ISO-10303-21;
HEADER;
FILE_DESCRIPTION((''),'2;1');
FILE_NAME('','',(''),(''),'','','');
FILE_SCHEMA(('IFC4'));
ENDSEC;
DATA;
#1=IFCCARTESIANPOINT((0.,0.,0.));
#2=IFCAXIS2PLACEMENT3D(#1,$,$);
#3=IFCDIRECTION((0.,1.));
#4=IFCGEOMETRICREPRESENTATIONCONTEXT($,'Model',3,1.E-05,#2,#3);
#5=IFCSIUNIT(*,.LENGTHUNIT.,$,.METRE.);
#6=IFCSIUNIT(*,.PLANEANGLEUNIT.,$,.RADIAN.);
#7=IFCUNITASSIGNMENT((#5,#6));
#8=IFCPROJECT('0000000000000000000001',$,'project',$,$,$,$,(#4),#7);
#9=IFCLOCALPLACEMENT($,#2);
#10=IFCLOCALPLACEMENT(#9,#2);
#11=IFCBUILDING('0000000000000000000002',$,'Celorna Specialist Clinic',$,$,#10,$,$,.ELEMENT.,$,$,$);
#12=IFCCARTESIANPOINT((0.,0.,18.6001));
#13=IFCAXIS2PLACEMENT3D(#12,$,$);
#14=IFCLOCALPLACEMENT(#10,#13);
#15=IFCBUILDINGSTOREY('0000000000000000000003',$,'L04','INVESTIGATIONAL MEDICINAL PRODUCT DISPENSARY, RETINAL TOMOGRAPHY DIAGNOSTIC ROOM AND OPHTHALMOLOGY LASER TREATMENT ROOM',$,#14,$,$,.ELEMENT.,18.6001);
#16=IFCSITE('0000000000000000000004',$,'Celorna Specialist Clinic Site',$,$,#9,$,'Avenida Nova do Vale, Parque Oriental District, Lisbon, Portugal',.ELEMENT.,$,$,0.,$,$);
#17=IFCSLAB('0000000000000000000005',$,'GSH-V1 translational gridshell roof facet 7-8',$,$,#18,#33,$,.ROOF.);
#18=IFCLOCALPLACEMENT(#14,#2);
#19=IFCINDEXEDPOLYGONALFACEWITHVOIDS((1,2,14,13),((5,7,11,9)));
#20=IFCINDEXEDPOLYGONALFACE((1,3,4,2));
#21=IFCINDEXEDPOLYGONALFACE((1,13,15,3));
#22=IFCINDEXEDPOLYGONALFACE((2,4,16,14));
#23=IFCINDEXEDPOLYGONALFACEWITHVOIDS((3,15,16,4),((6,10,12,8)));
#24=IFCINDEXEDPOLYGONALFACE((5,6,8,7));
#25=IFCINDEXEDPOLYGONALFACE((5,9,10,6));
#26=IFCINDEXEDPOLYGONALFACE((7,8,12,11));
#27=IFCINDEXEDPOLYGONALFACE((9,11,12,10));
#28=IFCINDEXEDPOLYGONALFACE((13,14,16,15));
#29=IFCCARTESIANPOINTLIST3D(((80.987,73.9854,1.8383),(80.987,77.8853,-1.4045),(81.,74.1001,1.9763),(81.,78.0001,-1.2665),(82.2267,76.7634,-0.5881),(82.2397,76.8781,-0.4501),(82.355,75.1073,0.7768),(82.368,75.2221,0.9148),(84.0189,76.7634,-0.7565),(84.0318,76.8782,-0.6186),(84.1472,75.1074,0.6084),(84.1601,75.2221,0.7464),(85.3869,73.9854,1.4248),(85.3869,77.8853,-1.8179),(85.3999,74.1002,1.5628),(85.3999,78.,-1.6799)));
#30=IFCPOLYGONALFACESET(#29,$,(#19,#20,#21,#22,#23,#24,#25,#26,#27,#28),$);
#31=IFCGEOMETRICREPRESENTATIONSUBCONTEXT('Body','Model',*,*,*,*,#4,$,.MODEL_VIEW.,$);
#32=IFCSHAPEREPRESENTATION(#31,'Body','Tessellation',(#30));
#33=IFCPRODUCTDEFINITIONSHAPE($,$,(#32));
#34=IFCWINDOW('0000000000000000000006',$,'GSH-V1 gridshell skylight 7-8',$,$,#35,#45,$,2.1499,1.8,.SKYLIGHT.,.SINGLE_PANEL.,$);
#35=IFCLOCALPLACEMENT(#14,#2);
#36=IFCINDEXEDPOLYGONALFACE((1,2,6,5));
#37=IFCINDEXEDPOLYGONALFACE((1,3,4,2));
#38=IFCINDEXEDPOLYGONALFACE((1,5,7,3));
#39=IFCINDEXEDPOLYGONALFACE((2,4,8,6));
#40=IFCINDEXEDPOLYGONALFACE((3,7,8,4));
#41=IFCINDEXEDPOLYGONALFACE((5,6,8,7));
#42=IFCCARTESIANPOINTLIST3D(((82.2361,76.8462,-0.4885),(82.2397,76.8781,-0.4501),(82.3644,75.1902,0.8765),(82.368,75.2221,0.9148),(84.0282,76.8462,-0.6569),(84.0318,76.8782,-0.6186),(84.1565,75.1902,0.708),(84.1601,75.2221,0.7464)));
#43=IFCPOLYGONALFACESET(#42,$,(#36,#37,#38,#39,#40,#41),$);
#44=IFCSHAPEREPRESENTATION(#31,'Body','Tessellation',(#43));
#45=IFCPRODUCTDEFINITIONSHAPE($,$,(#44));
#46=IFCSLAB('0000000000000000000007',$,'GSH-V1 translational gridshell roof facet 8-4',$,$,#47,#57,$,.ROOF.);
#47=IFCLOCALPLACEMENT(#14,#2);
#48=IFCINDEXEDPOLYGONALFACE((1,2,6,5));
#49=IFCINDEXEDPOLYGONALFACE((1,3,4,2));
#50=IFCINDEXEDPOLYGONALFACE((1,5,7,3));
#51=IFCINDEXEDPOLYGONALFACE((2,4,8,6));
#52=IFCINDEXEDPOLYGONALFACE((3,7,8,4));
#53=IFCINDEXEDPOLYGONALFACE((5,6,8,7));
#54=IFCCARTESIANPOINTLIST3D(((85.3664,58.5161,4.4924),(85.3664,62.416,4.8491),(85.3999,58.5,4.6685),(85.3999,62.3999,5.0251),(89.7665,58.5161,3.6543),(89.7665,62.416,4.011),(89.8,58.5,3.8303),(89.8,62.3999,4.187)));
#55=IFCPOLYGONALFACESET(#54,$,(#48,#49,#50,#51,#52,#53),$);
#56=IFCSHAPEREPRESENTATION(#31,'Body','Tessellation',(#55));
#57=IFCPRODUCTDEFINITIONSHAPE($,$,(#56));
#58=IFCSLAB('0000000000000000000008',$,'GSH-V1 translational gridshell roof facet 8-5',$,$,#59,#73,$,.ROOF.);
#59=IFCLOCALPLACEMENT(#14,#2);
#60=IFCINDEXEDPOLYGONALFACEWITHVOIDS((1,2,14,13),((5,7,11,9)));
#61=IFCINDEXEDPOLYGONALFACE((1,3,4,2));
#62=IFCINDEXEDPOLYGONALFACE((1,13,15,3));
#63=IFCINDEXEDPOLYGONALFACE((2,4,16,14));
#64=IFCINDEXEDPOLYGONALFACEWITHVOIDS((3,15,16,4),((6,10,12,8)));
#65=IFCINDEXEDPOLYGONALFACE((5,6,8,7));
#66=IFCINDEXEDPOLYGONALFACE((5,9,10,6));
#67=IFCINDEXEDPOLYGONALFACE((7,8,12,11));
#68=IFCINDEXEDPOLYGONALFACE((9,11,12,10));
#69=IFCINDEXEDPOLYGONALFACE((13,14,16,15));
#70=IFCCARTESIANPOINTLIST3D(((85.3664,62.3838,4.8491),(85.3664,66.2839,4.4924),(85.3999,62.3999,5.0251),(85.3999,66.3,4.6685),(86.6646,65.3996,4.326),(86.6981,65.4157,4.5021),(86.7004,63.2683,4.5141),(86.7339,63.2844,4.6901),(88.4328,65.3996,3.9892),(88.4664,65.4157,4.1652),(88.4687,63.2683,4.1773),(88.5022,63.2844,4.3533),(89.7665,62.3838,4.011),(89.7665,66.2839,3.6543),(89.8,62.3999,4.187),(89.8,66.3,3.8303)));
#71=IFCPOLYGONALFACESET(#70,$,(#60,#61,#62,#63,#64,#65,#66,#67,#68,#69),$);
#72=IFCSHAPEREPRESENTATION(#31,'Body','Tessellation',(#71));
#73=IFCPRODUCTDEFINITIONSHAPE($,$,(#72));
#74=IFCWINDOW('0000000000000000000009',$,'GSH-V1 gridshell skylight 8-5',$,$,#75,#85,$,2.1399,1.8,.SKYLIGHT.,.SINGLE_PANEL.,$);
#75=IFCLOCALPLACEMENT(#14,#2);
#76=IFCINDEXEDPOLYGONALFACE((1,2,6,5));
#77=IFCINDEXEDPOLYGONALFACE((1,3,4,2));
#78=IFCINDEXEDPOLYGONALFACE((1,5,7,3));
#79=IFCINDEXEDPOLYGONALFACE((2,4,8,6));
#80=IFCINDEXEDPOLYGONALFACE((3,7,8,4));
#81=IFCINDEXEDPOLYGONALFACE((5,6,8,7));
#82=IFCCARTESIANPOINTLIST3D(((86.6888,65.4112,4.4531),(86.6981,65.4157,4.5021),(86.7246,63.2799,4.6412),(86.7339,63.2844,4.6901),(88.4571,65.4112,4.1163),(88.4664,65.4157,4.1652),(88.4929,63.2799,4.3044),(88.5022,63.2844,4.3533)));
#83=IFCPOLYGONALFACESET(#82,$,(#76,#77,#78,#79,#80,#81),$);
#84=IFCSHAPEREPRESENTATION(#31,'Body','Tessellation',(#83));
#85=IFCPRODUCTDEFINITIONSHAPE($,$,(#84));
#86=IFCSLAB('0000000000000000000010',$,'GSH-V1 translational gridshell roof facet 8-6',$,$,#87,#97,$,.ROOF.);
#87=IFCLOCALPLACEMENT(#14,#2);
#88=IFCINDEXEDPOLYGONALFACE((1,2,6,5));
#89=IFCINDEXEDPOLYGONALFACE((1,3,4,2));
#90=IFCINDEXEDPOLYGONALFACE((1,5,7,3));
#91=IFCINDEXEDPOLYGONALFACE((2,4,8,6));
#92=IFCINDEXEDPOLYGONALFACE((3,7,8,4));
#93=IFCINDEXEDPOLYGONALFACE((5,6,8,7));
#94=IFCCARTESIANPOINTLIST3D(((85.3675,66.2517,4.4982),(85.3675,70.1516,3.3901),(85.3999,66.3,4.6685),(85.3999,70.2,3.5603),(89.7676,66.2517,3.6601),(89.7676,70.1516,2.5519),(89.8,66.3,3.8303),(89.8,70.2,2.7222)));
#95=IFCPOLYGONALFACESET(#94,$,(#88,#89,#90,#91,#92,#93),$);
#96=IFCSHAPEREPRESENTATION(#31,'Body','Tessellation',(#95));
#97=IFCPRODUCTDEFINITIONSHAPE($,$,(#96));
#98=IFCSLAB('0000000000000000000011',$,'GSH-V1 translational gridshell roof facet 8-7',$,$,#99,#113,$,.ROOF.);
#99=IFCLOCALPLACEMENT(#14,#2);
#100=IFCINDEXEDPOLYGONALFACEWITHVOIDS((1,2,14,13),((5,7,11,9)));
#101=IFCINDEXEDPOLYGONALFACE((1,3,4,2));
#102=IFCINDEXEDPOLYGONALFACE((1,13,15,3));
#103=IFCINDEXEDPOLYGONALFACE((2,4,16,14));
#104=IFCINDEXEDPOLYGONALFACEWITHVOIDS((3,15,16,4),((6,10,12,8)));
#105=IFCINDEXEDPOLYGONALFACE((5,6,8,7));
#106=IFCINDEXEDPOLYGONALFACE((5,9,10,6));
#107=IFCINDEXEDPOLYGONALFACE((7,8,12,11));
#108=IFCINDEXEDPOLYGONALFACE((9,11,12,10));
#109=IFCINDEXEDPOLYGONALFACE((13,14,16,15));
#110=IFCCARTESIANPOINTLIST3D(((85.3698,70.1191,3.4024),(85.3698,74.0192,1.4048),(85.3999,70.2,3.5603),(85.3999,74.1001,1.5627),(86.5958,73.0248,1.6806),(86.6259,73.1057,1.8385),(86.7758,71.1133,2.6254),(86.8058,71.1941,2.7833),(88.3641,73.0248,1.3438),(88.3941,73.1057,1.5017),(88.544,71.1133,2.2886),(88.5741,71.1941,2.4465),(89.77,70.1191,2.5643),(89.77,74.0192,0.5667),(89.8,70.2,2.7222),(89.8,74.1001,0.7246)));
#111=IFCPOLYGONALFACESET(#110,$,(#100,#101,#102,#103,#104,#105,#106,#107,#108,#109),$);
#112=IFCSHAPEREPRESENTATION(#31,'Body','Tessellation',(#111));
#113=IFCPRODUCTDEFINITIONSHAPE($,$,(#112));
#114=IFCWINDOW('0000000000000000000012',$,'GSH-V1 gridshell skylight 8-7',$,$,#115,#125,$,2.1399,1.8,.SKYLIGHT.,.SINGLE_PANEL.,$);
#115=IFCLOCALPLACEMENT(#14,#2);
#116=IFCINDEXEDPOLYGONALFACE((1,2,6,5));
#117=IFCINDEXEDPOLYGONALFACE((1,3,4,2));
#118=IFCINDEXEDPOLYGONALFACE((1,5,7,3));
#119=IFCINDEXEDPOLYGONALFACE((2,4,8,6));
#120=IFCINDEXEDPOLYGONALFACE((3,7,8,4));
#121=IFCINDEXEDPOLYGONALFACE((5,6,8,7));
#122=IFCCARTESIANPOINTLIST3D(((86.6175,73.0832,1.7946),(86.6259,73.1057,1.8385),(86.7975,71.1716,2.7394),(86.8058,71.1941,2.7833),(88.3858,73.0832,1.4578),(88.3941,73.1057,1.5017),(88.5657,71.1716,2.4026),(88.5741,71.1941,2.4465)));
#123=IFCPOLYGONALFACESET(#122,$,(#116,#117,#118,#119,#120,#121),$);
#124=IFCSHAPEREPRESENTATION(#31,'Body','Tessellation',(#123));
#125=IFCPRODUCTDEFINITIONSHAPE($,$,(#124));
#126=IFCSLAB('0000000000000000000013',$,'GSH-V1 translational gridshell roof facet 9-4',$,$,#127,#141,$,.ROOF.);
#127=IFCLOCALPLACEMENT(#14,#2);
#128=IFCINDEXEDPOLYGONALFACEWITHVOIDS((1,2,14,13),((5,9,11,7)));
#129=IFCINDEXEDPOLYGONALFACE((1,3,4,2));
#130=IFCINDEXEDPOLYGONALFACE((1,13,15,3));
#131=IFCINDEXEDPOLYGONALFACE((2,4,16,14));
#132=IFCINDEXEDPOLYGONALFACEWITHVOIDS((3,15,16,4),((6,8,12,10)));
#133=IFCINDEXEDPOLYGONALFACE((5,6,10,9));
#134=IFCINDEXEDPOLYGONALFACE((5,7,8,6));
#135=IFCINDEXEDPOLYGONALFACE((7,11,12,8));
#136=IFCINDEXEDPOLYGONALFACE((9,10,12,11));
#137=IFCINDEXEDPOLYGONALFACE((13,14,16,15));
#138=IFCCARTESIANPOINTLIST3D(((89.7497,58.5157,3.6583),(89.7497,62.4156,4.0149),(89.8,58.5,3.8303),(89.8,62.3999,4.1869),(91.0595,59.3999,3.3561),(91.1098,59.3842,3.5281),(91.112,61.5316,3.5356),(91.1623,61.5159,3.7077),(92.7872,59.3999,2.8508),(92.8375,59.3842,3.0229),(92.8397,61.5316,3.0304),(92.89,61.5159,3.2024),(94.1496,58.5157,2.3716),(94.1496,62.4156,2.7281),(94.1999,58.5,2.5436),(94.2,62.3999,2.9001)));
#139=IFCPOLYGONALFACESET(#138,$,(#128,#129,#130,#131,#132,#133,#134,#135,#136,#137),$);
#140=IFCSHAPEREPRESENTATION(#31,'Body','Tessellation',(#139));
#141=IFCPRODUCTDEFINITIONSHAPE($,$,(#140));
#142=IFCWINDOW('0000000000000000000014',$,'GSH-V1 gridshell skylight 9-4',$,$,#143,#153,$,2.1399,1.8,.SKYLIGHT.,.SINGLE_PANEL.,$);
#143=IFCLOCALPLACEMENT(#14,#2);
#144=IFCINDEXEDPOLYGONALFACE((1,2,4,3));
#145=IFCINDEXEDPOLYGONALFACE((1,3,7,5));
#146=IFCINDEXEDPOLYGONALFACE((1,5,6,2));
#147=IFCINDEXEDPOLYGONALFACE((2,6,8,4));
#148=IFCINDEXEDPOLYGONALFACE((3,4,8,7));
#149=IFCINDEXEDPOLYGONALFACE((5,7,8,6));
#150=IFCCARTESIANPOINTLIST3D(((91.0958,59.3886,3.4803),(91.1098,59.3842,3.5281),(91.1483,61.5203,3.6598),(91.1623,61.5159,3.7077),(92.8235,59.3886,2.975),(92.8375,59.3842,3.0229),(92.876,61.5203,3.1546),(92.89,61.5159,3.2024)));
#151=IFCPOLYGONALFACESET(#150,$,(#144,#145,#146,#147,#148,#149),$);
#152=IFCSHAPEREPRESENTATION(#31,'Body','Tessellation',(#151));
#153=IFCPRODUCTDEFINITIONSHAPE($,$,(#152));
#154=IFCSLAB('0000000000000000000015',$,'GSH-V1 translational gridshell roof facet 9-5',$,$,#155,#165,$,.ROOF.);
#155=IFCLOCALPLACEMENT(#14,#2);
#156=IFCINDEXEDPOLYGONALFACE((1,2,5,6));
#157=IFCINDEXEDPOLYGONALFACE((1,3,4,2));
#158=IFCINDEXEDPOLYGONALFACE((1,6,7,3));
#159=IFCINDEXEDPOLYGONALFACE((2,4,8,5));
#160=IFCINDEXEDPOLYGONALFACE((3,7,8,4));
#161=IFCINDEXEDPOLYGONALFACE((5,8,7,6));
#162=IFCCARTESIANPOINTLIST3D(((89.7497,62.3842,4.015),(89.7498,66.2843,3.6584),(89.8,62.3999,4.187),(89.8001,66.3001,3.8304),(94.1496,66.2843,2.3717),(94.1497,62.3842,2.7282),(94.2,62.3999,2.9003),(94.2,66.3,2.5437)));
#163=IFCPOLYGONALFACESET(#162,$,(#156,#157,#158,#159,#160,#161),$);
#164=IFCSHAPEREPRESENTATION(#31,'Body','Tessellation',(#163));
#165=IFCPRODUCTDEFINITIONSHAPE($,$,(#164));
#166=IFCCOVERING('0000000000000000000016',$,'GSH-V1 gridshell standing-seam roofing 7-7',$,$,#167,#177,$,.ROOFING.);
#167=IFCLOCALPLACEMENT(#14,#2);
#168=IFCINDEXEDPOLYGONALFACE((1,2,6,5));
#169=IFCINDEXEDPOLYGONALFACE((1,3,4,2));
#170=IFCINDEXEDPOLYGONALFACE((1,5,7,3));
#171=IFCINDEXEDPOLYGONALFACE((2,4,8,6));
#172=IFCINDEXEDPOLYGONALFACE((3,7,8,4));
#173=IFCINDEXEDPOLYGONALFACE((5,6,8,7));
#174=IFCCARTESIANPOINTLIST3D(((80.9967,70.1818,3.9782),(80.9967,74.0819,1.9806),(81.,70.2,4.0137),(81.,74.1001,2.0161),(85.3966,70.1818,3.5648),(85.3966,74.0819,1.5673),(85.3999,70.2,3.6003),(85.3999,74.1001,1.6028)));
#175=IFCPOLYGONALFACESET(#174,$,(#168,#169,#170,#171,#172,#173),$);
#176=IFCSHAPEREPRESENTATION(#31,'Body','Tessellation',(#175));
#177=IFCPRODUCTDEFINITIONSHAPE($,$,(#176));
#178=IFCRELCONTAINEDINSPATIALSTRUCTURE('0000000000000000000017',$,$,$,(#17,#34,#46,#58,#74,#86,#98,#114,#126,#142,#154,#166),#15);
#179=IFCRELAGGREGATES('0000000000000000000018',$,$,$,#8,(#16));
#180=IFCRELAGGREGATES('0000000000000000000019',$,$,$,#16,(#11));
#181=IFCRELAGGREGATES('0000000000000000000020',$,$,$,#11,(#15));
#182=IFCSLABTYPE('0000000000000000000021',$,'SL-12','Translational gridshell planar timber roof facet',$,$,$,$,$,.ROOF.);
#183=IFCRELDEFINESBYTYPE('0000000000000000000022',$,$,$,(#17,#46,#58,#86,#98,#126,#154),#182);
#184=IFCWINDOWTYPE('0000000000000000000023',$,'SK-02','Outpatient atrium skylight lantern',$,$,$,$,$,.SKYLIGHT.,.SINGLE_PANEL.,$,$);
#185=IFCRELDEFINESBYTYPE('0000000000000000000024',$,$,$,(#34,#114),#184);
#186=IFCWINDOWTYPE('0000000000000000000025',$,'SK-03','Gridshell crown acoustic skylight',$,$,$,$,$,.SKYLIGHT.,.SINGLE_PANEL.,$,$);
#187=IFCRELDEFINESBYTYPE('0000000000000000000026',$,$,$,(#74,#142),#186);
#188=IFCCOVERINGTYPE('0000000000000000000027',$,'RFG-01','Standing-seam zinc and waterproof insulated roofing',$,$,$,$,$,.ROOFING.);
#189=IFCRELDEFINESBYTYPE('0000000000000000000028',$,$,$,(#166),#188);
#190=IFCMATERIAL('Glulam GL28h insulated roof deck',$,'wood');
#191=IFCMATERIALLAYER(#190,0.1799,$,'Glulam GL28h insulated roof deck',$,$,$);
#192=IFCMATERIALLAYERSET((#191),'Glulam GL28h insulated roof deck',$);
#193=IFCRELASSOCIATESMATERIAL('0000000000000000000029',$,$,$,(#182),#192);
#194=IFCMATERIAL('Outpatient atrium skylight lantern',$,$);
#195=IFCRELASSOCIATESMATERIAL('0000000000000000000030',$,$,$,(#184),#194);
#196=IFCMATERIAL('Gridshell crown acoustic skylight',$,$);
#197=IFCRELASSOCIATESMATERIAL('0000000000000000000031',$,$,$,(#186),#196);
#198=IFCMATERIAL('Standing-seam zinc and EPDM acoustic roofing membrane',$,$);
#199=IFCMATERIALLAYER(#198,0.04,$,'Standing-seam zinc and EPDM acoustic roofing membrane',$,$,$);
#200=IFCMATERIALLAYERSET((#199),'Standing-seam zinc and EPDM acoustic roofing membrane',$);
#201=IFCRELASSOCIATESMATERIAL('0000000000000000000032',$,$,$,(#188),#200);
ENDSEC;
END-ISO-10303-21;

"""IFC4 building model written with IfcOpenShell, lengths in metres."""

from ifc_helpers import new_model, si_unit, direction, frame, origin, origin_2d, place, context, subcontext, project, spatial, polyline, rectangle, outline, extrude, material, layer, layer_set, type_object, element, fill, save


model = new_model("IFC4")

# Units and contexts
model_context = context("Model", 3, precision=1e-05, world=origin(), true_north=direction((0.0, 1.0)))
body_context = subcontext(model_context, "Body", "Model", "MODEL_VIEW")
ifc_project = project(units=[si_unit("LENGTHUNIT", "METRE"), si_unit("PLANEANGLEUNIT", "RADIAN")], contexts=[model_context])

# Site, building, storey
site_placement = place(None, origin())
site = spatial("IfcSite", under=ifc_project, at=site_placement, Name="Celorna Specialist Clinic Site", LongName="Avenida Nova do Vale, Parque Oriental District, Lisbon, Portugal", CompositionType="ELEMENT", RefElevation=0.0)
building_placement = place(site_placement, origin())
building = spatial("IfcBuilding", under=site, at=building_placement, Name="Celorna Specialist Clinic", CompositionType="ELEMENT")
storey_placement = place(building_placement, frame((0.0, 0.0, 18.6001)))
storey = spatial("IfcBuildingStorey", under=building, at=storey_placement, Name="L04", Description="INVESTIGATIONAL MEDICINAL PRODUCT DISPENSARY, RETINAL TOMOGRAPHY DIAGNOSTIC ROOM AND OPHTHALMOLOGY LASER TREATMENT ROOM", CompositionType="ELEMENT", Elevation=18.6001)

# Slab, opening, window
ifc_material_1 = material(Name="Glulam GL28h insulated roof deck", Category="wood")
ifc_layer_1 = layer(ifc_material_1, 0.1799, Name="Glulam GL28h insulated roof deck")
ifc_layer_set_1 = layer_set([ifc_layer_1], Name="Glulam GL28h insulated roof deck")
slab_type = type_object("IfcSlabType", Name="SL-12", Description="Translational gridshell planar timber roof facet", PredefinedType="ROOF", material=ifc_layer_set_1)
slab_1_placement = place(storey_placement, frame((81.0, 74.1001, 1.9763), z_axis=(0.072066, 0.637693, 0.766912), x_axis=(0.995613, 0.000014, -0.093567)))
slab_1 = element("IfcSlab", 1, at=slab_1_placement, inside=storey, type_object=slab_type, Name="GSH-V1 translational gridshell roof facet 7-8", PredefinedType="ROOF", context=body_context, shape_type="SweptSolid", body=[
    extrude(outline(polyline([(0.0, 0.0), (4.4193, 0.0), (4.7228, 5.0628), (0.3035, 5.063), (0.0, 0.0)])), origin(), (0.0, 0.0, -1.0), 0.1799),
])
opening_1_placement = place(slab_1_placement, frame((2.3613, 2.5315, 0.01)))
opening_1 = element("IfcOpeningElement", 2, at=opening_1_placement, cuts=slab_1, PredefinedType="OPENING", context=body_context, shape_type="SweptSolid", body=[
    extrude(rectangle(XDim=1.8, YDim=2.1499, at=origin_2d()), origin(), (0.0, 0.0, -1.0), 0.2),
])
ifc_material_2 = material(Name="Outpatient atrium skylight lantern")
window_type_1 = type_object("IfcWindowType", Name="SK-02", Description="Outpatient atrium skylight lantern", PartitioningType="SINGLE_PANEL", PredefinedType="SKYLIGHT", material=ifc_material_2)
window_1_placement = place(opening_1_placement, frame((0.0, 0.0, -0.01)))
window_1 = element("IfcWindow", 3, at=window_1_placement, inside=storey, type_object=window_type_1, Name="GSH-V1 gridshell skylight 7-8", OverallHeight=2.1499, OverallWidth=1.8, PartitioningType="SINGLE_PANEL", PredefinedType="SKYLIGHT", context=body_context, shape_type="SweptSolid", body=[
    extrude(rectangle(XDim=1.8, YDim=2.1499, at=origin_2d()), origin(), (0.0, 0.0, -1.0), 0.05),
])
fill(opening_1, window_1)

# Slab
slab_2_placement = place(storey_placement, frame((85.3999, 58.5, 4.6685), z_axis=(0.186364, -0.089485, 0.978397), x_axis=(0.982338, 0.0, -0.187115)))
element("IfcSlab", 4, at=slab_2_placement, inside=storey, type_object=slab_type, Name="GSH-V1 translational gridshell roof facet 8-4", PredefinedType="ROOF", context=body_context, shape_type="SweptSolid", body=[
    extrude(outline(polyline([(0.0, 0.0), (4.4793, 0.0), (4.4125, 3.9156), (-0.0667, 3.9156), (0.0, 0.0)])), origin(), (0.0, 0.0, -1.0), 0.1799),
])

# Slab, opening, window
slab_3_placement = place(storey_placement, frame((85.3999, 62.3999, 5.0251), z_axis=(0.186364, 0.08948, 0.978398), x_axis=(0.982338, 0.0, -0.187115)))
slab_3 = element("IfcSlab", 5, at=slab_3_placement, inside=storey, type_object=slab_type, Name="GSH-V1 translational gridshell roof facet 8-5", PredefinedType="ROOF", context=body_context, shape_type="SweptSolid", body=[
    extrude(outline(polyline([(0.0, 0.0), (4.4793, 0.0), (4.546, 3.9159), (0.0667, 3.9159), (0.0, 0.0)])), origin(), (0.0, 0.0, -1.0), 0.1799),
])
opening_2_placement = place(slab_3_placement, frame((2.2732, 1.958, 0.01)))
opening_2 = element("IfcOpeningElement", 6, at=opening_2_placement, cuts=slab_3, PredefinedType="OPENING", context=body_context, shape_type="SweptSolid", body=[
    extrude(rectangle(XDim=1.8, YDim=2.1399, at=origin_2d()), origin(), (0.0, 0.0, -1.0), 0.2),
])
ifc_material_3 = material(Name="Gridshell crown acoustic skylight")
window_type_2 = type_object("IfcWindowType", Name="SK-03", Description="Gridshell crown acoustic skylight", PartitioningType="SINGLE_PANEL", PredefinedType="SKYLIGHT", material=ifc_material_3)
window_2_placement = place(opening_2_placement, frame((0.0, 0.0, -0.01)))
window_2 = element("IfcWindow", 7, at=window_2_placement, inside=storey, type_object=window_type_2, Name="GSH-V1 gridshell skylight 8-5", OverallHeight=2.1399, OverallWidth=1.8, PartitioningType="SINGLE_PANEL", PredefinedType="SKYLIGHT", context=body_context, shape_type="SweptSolid", body=[
    extrude(rectangle(XDim=1.8, YDim=2.1399, at=origin_2d()), origin(), (0.0, 0.0, -1.0), 0.05),
])
fill(opening_2, window_2)

# Slab
slab_4_placement = place(storey_placement, frame((85.3999, 66.3, 4.6685), z_axis=(0.180225, 0.268853, 0.94617), x_axis=(0.982338, 0.0, -0.187115)))
element("IfcSlab", 8, at=slab_4_placement, inside=storey, type_object=slab_type, Name="GSH-V1 translational gridshell roof facet 8-6", PredefinedType="ROOF", context=body_context, shape_type="SweptSolid", body=[
    extrude(outline(polyline([(0.0, 0.0), (4.4793, 0.0), (4.6866, 4.049), (0.2074, 4.049), (0.0, 0.0)])), origin(), (0.0, 0.0, -1.0), 0.1799),
])

# Slabs, openings, windows
slab_5_placement = place(storey_placement, frame((85.3999, 70.2, 3.5603), z_axis=(0.167151, 0.449449, 0.877529), x_axis=(0.982338, 0.0, -0.187115)))
slab_5 = element("IfcSlab", 9, at=slab_5_placement, inside=storey, type_object=slab_type, Name="GSH-V1 translational gridshell roof facet 8-7", PredefinedType="ROOF", context=body_context, shape_type="SweptSolid", body=[
    extrude(outline(polyline([(0.0, 0.0), (4.4793, 0.0), (4.853, 4.366), (0.3738, 4.366), (0.0, 0.0)])), origin(), (0.0, 0.0, -1.0), 0.1799),
])
opening_3_placement = place(slab_5_placement, frame((2.4265, 2.1829, 0.01)))
opening_3 = element("IfcOpeningElement", 10, at=opening_3_placement, cuts=slab_5, PredefinedType="OPENING", context=body_context, shape_type="SweptSolid", body=[
    extrude(rectangle(XDim=1.8, YDim=2.1399, at=origin_2d()), origin(), (0.0, 0.0, -1.0), 0.2),
])
window_3_placement = place(opening_3_placement, frame((0.0, 0.0, -0.01)))
window_3 = element("IfcWindow", 11, at=window_3_placement, inside=storey, type_object=window_type_1, Name="GSH-V1 gridshell skylight 8-7", OverallHeight=2.1399, OverallWidth=1.8, PartitioningType="SINGLE_PANEL", PredefinedType="SKYLIGHT", context=body_context, shape_type="SweptSolid", body=[
    extrude(rectangle(XDim=1.8, YDim=2.1399, at=origin_2d()), origin(), (0.0, 0.0, -1.0), 0.05),
])
fill(opening_3, window_3)
slab_6_placement = place(storey_placement, frame((89.8, 58.5, 3.8303), z_axis=(0.279617, -0.087418, 0.956124), x_axis=(0.959798, 0.000002, -0.280691)))
slab_6 = element("IfcSlab", 12, at=slab_6_placement, inside=storey, type_object=slab_type, Name="GSH-V1 translational gridshell roof facet 9-4", PredefinedType="ROOF", context=body_context, shape_type="SweptSolid", body=[
    extrude(outline(polyline([(0.0, 0.0), (4.5842, 0.0), (4.4841, 3.9149), (-0.1001, 3.9149), (0.0, 0.0)])), origin(), (0.0, 0.0, -1.0), 0.1799),
])
opening_4_placement = place(slab_6_placement, frame((2.2419, 1.9575, 0.01)))
opening_4 = element("IfcOpeningElement", 13, at=opening_4_placement, cuts=slab_6, PredefinedType="OPENING", context=body_context, shape_type="SweptSolid", body=[
    extrude(rectangle(XDim=1.8, YDim=2.1399, at=origin_2d()), origin(), (0.0, 0.0, -1.0), 0.2),
])
window_4_placement = place(opening_4_placement, frame((0.0, 0.0, -0.01)))
window_4 = element("IfcWindow", 14, at=window_4_placement, inside=storey, type_object=window_type_2, Name="GSH-V1 gridshell skylight 9-4", OverallHeight=2.1399, OverallWidth=1.8, PartitioningType="SINGLE_PANEL", PredefinedType="SKYLIGHT", context=body_context, shape_type="SweptSolid", body=[
    extrude(rectangle(XDim=1.8, YDim=2.1399, at=origin_2d()), origin(), (0.0, 0.0, -1.0), 0.05),
])
fill(opening_4, window_4)

# Slab
slab_7_placement = place(storey_placement, frame((89.8, 62.3999, 4.187), z_axis=(0.279617, 0.087413, 0.956124), x_axis=(0.959798, 0.000002, -0.280691)))
element("IfcSlab", 15, at=slab_7_placement, inside=storey, type_object=slab_type, Name="GSH-V1 translational gridshell roof facet 9-5", PredefinedType="ROOF", context=body_context, shape_type="SweptSolid", body=[
    extrude(outline(polyline([(0.0, 0.0), (4.5842, 0.0), (4.6843, 3.9151), (0.1001, 3.9151), (0.0, 0.0)])), origin(), (0.0, 0.0, -1.0), 0.1799),
])

# Covering
ifc_material_4 = material(Name="Standing-seam zinc and EPDM acoustic roofing membrane")
ifc_layer_2 = layer(ifc_material_4, 0.04, Name="Standing-seam zinc and EPDM acoustic roofing membrane")
ifc_layer_set_2 = layer_set([ifc_layer_2], Name="Standing-seam zinc and EPDM acoustic roofing membrane")
covering_type = type_object("IfcCoveringType", Name="RFG-01", Description="Standing-seam zinc and waterproof insulated roofing", PredefinedType="ROOFING", material=ifc_layer_set_2)
covering_1_placement = place(storey_placement, frame((81.0, 70.2, 4.0137), z_axis=(0.083321, 0.454277, 0.886956), x_axis=(0.995617, 0.0, -0.093529)))
element("IfcCovering", 16, at=covering_1_placement, inside=storey, type_object=covering_type, Name="GSH-V1 gridshell standing-seam roofing 7-7", PredefinedType="ROOFING", context=body_context, shape_type="SweptSolid", body=[
    extrude(outline(polyline([(0.0, 0.0), (4.4193, 0.0), (4.6061, 4.378), (0.1868, 4.378), (0.0, 0.0)])), origin(), (0.0, 0.0, -1.0), 0.04),
])

save(model, "model.ifc")
